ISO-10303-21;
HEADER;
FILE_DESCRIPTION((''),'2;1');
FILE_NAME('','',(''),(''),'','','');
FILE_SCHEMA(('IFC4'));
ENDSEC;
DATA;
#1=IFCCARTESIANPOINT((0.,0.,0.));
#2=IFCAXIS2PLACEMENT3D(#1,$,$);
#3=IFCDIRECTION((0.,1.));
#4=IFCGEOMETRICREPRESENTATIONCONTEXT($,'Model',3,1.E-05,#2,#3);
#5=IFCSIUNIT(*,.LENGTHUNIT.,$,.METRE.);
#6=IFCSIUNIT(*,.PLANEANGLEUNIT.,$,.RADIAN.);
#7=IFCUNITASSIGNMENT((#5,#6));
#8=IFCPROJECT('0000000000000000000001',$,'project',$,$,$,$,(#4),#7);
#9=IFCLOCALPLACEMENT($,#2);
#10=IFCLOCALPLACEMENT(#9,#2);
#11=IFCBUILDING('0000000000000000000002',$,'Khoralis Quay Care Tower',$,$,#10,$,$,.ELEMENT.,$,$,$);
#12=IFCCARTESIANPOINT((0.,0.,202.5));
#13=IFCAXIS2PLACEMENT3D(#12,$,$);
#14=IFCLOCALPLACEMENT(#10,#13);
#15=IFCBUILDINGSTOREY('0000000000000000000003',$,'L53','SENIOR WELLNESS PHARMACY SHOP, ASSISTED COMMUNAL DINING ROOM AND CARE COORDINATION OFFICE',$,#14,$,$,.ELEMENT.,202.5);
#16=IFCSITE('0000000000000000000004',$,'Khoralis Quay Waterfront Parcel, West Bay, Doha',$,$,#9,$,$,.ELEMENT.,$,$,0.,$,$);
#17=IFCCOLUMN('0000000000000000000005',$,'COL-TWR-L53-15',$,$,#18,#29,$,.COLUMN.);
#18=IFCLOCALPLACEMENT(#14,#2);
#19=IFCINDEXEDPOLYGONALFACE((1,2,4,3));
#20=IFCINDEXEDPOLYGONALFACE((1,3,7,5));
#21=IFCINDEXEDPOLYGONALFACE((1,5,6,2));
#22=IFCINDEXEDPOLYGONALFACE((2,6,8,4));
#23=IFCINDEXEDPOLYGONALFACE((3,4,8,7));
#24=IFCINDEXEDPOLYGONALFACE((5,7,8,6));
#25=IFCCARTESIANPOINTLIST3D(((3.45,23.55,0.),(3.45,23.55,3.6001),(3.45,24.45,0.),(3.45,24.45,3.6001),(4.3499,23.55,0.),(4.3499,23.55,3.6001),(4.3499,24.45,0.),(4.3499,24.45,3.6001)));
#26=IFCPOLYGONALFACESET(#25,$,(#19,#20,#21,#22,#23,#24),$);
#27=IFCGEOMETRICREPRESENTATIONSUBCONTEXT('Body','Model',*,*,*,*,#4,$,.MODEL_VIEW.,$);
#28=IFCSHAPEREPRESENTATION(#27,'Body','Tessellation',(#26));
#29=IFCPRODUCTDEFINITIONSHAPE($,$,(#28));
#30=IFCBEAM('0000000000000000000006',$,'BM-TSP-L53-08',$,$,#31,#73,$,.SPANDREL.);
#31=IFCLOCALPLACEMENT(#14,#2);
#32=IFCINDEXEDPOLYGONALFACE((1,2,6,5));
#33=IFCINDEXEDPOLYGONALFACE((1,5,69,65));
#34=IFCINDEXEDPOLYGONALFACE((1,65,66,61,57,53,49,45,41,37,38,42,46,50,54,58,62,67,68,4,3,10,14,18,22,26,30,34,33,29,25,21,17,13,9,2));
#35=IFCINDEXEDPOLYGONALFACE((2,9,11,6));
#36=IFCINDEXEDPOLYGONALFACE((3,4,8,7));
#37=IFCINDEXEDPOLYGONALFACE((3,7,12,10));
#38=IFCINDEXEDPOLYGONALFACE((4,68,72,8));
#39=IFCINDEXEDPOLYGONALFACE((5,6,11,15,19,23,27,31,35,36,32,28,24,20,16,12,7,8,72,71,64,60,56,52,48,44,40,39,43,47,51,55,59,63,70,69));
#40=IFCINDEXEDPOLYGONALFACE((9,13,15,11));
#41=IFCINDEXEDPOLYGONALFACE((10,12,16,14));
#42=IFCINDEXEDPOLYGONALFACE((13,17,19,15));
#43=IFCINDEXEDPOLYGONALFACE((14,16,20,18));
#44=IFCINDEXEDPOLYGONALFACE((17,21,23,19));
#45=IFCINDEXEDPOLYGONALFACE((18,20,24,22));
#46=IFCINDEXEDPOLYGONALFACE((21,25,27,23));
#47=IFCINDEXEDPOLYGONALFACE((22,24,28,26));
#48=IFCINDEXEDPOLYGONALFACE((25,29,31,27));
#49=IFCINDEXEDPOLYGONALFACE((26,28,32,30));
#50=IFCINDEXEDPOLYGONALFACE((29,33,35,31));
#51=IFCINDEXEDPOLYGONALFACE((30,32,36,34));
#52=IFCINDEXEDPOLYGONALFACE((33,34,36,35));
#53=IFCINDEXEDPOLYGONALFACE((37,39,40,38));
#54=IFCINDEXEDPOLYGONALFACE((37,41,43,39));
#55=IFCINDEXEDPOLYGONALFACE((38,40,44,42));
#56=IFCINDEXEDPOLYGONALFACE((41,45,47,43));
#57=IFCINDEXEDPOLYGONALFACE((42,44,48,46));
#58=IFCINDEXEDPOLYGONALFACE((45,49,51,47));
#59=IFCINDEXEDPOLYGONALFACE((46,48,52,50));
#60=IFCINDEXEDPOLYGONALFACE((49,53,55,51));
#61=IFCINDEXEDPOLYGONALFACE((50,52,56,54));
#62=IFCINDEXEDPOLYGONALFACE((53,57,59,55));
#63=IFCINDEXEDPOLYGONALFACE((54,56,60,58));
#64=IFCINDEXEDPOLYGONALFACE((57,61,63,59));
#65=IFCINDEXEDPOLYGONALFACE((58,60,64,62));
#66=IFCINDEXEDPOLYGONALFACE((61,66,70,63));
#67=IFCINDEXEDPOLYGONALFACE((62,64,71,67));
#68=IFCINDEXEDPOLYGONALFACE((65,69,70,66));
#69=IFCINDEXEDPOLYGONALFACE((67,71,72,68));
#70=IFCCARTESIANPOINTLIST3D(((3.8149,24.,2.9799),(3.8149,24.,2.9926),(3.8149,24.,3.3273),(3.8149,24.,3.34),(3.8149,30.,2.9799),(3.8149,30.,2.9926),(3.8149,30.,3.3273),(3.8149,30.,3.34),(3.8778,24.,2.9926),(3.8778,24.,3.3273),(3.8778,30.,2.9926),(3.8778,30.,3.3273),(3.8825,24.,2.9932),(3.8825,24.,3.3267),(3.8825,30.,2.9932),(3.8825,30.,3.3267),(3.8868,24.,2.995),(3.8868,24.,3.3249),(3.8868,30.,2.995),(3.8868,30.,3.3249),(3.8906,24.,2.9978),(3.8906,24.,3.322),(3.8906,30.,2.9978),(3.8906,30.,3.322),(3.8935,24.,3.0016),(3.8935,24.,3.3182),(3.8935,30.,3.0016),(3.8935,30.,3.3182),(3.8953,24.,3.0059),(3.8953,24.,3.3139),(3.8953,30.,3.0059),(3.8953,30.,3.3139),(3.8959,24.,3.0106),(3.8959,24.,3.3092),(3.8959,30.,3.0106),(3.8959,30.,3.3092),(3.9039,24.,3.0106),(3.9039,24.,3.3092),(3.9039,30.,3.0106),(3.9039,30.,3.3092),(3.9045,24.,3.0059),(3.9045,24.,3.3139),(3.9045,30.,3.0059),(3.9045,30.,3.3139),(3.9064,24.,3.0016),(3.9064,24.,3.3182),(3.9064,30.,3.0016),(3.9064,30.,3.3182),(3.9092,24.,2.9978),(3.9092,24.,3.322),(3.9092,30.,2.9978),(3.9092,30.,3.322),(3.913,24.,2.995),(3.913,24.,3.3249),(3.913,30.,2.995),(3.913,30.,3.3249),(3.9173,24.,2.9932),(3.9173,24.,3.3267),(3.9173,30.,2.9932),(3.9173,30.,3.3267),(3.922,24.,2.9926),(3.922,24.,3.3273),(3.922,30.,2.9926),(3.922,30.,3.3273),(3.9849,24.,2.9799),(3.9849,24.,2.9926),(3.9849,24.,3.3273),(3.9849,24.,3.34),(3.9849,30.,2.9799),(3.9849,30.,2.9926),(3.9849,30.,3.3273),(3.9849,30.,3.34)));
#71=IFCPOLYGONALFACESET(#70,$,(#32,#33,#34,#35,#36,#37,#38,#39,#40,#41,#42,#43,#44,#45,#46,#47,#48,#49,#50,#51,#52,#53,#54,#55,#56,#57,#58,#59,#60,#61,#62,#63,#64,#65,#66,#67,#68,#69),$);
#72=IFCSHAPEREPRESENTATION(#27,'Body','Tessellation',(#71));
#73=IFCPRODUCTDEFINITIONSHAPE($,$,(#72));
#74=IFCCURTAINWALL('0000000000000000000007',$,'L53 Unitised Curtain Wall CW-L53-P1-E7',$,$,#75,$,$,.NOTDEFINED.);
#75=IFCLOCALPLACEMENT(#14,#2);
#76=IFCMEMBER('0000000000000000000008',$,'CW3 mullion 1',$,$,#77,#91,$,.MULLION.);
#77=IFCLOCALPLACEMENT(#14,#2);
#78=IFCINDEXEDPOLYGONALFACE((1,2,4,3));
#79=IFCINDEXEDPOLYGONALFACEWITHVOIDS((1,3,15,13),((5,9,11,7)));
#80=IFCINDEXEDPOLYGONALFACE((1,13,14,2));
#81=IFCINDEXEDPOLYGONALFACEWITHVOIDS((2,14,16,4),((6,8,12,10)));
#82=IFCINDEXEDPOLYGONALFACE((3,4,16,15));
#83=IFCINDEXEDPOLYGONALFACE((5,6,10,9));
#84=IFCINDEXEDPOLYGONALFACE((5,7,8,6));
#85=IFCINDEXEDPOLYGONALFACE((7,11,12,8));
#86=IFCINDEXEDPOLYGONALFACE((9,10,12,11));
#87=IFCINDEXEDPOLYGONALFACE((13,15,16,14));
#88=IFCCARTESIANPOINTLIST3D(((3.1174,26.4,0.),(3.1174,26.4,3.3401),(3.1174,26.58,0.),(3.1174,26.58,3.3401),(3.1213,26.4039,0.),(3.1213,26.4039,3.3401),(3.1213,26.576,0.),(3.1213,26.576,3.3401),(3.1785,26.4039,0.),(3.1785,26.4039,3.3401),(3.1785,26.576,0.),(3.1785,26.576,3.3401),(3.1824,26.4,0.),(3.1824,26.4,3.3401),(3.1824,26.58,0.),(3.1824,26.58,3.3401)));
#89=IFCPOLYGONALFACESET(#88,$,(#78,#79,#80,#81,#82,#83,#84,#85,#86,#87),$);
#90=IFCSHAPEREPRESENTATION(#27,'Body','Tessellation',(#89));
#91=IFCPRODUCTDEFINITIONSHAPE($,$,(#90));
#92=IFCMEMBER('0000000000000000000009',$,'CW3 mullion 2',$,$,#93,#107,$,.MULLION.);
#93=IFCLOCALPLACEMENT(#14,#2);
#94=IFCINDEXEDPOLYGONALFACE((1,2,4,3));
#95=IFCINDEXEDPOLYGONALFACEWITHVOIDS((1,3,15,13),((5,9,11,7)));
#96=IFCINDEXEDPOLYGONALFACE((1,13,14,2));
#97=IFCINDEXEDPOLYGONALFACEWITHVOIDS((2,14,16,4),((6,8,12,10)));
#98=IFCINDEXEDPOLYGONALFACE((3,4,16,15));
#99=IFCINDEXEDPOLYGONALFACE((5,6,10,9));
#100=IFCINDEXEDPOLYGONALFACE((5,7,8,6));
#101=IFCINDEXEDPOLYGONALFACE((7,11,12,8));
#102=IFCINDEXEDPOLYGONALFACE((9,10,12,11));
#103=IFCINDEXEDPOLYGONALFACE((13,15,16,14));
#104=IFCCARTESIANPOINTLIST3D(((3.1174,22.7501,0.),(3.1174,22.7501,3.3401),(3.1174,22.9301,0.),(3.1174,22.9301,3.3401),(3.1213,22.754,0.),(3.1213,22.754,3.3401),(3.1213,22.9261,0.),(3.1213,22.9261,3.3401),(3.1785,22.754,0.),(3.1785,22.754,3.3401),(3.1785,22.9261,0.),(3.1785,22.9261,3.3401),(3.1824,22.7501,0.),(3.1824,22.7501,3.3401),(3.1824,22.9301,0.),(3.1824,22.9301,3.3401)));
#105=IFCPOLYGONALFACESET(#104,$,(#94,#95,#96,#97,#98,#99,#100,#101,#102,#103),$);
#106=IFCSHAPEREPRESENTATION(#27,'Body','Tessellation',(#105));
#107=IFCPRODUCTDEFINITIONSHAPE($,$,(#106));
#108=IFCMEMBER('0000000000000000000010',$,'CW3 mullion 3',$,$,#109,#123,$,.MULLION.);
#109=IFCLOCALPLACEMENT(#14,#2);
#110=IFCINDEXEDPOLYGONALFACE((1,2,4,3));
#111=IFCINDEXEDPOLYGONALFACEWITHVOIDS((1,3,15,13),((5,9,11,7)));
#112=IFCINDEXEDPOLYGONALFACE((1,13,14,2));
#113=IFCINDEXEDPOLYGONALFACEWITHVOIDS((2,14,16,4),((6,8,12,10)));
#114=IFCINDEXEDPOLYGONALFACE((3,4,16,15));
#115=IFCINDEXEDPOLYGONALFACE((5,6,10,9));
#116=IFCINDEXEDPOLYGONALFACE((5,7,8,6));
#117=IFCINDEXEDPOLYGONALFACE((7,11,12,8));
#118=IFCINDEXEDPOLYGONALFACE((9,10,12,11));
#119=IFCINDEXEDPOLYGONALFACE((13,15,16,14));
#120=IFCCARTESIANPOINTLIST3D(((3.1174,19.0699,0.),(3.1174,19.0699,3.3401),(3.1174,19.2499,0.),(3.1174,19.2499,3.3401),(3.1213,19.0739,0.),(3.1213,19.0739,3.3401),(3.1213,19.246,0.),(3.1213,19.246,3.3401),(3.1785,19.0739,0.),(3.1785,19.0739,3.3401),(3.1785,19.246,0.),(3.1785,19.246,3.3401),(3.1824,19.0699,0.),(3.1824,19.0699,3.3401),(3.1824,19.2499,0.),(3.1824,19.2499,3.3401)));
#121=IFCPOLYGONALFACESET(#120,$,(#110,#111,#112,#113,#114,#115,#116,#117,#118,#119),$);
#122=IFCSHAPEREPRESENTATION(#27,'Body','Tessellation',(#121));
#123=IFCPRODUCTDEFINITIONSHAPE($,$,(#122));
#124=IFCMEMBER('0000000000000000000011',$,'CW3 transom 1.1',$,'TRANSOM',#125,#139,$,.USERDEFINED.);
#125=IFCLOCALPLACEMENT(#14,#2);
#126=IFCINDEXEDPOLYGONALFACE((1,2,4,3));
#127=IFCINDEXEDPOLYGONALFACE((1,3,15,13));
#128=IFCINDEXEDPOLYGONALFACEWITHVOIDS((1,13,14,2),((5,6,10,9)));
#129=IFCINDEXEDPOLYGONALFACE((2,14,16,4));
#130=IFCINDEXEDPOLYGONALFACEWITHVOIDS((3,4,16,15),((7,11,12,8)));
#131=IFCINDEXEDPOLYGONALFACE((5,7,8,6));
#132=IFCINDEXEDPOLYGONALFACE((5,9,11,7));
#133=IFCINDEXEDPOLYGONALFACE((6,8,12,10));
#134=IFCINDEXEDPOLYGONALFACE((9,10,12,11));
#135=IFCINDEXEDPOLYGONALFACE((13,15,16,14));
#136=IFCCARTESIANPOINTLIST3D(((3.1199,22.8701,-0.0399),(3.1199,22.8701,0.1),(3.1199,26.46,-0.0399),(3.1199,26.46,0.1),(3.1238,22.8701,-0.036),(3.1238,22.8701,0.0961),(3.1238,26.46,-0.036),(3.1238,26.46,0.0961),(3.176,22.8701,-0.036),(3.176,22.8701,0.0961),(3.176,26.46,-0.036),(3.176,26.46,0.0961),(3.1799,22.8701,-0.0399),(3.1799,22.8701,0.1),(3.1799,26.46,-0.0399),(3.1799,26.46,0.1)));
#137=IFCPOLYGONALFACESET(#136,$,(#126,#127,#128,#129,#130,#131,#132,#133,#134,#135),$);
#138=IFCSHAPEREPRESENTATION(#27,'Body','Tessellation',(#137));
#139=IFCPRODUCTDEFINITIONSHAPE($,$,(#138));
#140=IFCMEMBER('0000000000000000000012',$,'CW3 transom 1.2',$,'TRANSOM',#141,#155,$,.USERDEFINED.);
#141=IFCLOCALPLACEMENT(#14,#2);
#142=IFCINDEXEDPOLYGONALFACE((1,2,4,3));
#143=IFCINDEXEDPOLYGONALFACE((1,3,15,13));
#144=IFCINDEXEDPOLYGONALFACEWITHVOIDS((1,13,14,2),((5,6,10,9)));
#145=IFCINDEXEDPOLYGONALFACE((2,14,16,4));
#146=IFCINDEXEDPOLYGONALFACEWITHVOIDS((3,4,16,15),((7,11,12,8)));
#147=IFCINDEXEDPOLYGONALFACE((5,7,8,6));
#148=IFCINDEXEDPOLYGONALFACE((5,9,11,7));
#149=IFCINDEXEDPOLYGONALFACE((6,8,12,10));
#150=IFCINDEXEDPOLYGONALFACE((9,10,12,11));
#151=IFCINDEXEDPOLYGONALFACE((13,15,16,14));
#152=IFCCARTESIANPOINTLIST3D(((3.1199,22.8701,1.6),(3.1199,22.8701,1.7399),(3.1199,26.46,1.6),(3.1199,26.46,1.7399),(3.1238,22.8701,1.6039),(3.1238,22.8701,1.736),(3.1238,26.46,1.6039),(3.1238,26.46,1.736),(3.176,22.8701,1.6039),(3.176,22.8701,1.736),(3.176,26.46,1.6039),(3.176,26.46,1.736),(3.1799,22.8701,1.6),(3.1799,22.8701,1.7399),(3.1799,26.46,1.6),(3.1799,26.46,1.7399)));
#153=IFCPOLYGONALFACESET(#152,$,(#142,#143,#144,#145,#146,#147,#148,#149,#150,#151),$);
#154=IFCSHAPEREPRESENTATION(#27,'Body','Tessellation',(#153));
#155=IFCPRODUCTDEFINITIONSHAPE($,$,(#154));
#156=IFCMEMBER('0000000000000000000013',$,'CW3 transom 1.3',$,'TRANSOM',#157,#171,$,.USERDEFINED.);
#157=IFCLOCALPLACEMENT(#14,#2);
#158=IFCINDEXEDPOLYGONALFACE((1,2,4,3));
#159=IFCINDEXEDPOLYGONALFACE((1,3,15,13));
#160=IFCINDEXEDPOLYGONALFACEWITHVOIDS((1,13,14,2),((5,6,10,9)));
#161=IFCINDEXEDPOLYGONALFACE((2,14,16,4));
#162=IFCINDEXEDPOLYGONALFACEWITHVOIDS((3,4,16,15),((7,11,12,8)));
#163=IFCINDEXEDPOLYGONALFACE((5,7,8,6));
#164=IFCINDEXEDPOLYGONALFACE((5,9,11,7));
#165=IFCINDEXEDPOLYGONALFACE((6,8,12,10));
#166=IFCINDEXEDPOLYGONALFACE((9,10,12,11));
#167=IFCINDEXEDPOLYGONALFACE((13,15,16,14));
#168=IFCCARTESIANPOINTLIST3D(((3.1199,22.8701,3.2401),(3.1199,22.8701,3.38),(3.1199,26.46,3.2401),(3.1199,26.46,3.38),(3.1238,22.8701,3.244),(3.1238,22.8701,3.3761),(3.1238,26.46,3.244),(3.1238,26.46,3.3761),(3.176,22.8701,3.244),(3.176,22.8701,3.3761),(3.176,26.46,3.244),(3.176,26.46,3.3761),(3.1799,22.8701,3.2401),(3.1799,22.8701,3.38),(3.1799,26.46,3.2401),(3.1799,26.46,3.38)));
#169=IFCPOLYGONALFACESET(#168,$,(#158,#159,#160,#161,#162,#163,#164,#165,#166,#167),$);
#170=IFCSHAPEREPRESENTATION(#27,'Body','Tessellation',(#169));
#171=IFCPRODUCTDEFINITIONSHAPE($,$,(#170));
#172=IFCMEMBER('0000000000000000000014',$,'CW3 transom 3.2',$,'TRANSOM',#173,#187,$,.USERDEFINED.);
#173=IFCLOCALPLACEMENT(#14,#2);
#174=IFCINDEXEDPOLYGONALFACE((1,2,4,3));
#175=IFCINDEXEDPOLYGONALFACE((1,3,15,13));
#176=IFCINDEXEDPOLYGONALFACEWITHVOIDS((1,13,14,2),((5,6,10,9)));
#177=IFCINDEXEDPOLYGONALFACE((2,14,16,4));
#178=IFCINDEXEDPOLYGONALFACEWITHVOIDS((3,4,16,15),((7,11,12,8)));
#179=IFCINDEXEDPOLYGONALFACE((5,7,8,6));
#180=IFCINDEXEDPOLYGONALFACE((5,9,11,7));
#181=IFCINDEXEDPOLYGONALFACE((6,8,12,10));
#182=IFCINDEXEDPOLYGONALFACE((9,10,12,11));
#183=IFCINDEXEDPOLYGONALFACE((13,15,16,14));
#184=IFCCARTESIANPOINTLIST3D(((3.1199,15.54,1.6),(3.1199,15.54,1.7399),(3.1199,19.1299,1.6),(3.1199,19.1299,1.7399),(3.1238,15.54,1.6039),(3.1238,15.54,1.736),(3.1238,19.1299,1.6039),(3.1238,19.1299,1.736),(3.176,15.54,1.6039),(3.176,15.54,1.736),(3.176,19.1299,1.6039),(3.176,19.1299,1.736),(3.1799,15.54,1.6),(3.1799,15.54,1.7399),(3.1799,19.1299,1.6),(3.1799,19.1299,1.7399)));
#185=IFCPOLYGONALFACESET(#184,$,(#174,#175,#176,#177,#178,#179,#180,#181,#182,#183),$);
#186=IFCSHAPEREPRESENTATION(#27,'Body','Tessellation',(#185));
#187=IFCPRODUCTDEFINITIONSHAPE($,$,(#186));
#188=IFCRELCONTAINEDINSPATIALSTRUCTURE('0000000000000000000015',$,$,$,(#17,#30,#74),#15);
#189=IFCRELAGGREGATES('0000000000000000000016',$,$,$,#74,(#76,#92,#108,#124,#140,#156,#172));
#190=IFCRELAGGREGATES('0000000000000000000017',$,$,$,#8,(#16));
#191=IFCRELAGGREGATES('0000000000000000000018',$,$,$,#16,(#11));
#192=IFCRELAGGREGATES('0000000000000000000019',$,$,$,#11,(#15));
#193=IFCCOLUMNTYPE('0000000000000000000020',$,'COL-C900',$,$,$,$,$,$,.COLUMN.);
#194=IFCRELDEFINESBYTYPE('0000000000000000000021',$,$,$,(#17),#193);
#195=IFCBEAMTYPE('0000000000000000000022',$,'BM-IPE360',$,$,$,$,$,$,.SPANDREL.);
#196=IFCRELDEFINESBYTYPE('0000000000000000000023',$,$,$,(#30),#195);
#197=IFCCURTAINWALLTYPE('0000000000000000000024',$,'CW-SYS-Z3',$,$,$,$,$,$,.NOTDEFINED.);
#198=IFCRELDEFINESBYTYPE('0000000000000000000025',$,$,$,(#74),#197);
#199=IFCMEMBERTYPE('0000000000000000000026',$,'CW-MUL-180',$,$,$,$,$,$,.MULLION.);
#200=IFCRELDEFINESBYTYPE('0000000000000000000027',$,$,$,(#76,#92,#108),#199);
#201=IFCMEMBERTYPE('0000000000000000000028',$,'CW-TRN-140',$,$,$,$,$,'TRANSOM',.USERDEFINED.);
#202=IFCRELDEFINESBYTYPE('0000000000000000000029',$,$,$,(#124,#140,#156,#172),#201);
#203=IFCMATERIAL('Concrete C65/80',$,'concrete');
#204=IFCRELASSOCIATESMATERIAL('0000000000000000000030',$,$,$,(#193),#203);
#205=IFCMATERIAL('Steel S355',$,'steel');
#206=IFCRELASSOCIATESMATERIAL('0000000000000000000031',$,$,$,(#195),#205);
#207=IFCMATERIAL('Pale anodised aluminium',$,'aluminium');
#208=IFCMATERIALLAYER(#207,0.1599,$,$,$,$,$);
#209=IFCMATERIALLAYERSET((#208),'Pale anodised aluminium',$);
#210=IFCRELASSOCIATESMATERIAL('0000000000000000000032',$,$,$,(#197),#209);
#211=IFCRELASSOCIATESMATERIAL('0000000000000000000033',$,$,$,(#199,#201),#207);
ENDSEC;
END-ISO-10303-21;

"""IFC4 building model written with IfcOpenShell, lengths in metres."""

from ifc_helpers import new_model, si_unit, direction, frame, origin, origin_2d, place, context, subcontext, project, spatial, rectangle, hollow_rectangle, i_section, extrude, source, transform, mapped, material, layer, layer_set, material_profile, profile_set, type_object, element, aggregate, save


model = new_model("IFC4")

# Units and contexts
model_context = context("Model", 3, precision=1e-05, world=origin(), true_north=direction((0.0, 1.0)))
body_context = subcontext(model_context, "Body", "Model", "MODEL_VIEW")
ifc_project = project(units=[si_unit("LENGTHUNIT", "METRE"), si_unit("PLANEANGLEUNIT", "RADIAN")], contexts=[model_context])

# Site, building, storey
site_placement = place(None, origin())
site = spatial("IfcSite", under=ifc_project, at=site_placement, Name="Khoralis Quay Waterfront Parcel, West Bay, Doha", CompositionType="ELEMENT", RefElevation=0.0)
building_placement = place(site_placement, origin())
building = spatial("IfcBuilding", under=site, at=building_placement, Name="Khoralis Quay Care Tower", CompositionType="ELEMENT")
storey_placement = place(building_placement, frame((0.0, 0.0, 202.5)))
storey = spatial("IfcBuildingStorey", under=building, at=storey_placement, Name="L53", Description="SENIOR WELLNESS PHARMACY SHOP, ASSISTED COMMUNAL DINING ROOM AND CARE COORDINATION OFFICE", CompositionType="ELEMENT", Elevation=202.5)

# Column
ifc_material_1 = material(Name="Concrete C65/80", Category="concrete")
ifc_material_profile_1 = material_profile(ifc_material_1, rectangle(XDim=0.8999, YDim=0.8999, at=origin_2d()), Name="Concrete C65/80")
ifc_profile_set_1 = profile_set([ifc_material_profile_1], Name="Concrete C65/80")
column_type = type_object("IfcColumnType", Name="COL-C900", PredefinedType="COLUMN", material=ifc_profile_set_1)
shared_shape_1 = source(origin(), body_context, "Body", "SweptSolid", [
    extrude(rectangle(XDim=0.8999, YDim=0.8999, at=origin_2d()), origin(), (0.0, 0.0, 1.0), 3.6001),
])
column_placement = place(storey_placement, frame((3.8999, 24.0, 0.0), z_axis=(0.0, 0.0, 1.0), x_axis=(1.0, 0.0, 0.0)))
element("IfcColumn", 1, at=column_placement, inside=storey, type_object=column_type, Name="COL-TWR-L53-15", PredefinedType="COLUMN", context=body_context, shape_type="MappedRepresentation", body=[
    mapped(shared_shape_1, transform((0.0, 0.0, 0.0), scale=1.0)),
])

# Beam
ifc_material_2 = material(Name="Steel S355", Category="steel")
ifc_material_profile_2 = material_profile(ifc_material_2, i_section(OverallWidth=0.1699, OverallDepth=0.3601, WebThickness=0.0081, FlangeThickness=0.0127, FilletRadius=0.0181, at=origin_2d()), Name="Steel S355")
ifc_profile_set_2 = profile_set([ifc_material_profile_2], Name="Steel S355")
beam_type = type_object("IfcBeamType", Name="BM-IPE360", PredefinedType="SPANDREL", material=ifc_profile_set_2)
shared_shape_2 = source(origin(), body_context, "Body", "SweptSolid", [
    extrude(i_section(OverallWidth=0.1699, OverallDepth=0.3601, WebThickness=0.0081, FlangeThickness=0.0127, FilletRadius=0.0181, at=origin_2d()), origin(), (0.0, 0.0, 1.0), 6.0),
])
beam_placement = place(storey_placement, frame((3.8999, 24.0, 3.1599), z_axis=(0.0, 1.0, 0.0), x_axis=(-1.0, 0.0, 0.0)))
element("IfcBeam", 2, at=beam_placement, inside=storey, type_object=beam_type, Name="BM-TSP-L53-08", PredefinedType="SPANDREL", context=body_context, shape_type="MappedRepresentation", body=[
    mapped(shared_shape_2, transform((0.0, 0.0, 0.0), scale=1.0)),
])

# Curtain wall, members
ifc_material_3 = material(Name="Pale anodised aluminium", Category="aluminium")
ifc_layer_1 = layer(ifc_material_3, 0.1599)
ifc_layer_set_1 = layer_set([ifc_layer_1], Name="Pale anodised aluminium")
curtain_wall_type = type_object("IfcCurtainWallType", Name="CW-SYS-Z3", PredefinedType="NOTDEFINED", material=ifc_layer_set_1)
curtain_wall_placement = place(storey_placement, origin())
curtain_wall = element("IfcCurtainWall", 3, at=curtain_wall_placement, inside=storey, type_object=curtain_wall_type, Name="L53 Unitised Curtain Wall CW-L53-P1-E7", PredefinedType="NOTDEFINED")
ifc_material_profile_3 = material_profile(ifc_material_3, hollow_rectangle(XDim=0.0649, YDim=0.1799, WallThickness=0.0039, at=origin_2d()), Name="Pale anodised aluminium")
ifc_profile_set_3 = profile_set([ifc_material_profile_3], Name="Pale anodised aluminium")
member_type_1 = type_object("IfcMemberType", Name="CW-MUL-180", PredefinedType="MULLION", material=ifc_profile_set_3)
shared_shape_3 = source(origin(), body_context, "Body", "SweptSolid", [
    extrude(hollow_rectangle(XDim=0.0649, YDim=0.1799, WallThickness=0.0039, at=origin_2d()), origin(), (0.0, 0.0, 1.0), 3.3401),
])
member_1_placement = place(storey_placement, frame((3.1499, 26.49, 0.0), z_axis=(0.0, 0.0, 1.0), x_axis=(1.0, 0.0, 0.0)))
member_1 = element("IfcMember", 4, at=member_1_placement, type_object=member_type_1, Name="CW3 mullion 1", PredefinedType="MULLION", context=body_context, shape_type="MappedRepresentation", body=[
    mapped(shared_shape_3, transform((0.0, 0.0, 0.0), scale=1.0)),
])
member_2_placement = place(storey_placement, frame((3.1499, 22.8401, 0.0), z_axis=(0.0, 0.0, 1.0), x_axis=(1.0, 0.0, 0.0)))
member_2 = element("IfcMember", 5, at=member_2_placement, type_object=member_type_1, Name="CW3 mullion 2", PredefinedType="MULLION", context=body_context, shape_type="MappedRepresentation", body=[
    mapped(shared_shape_3, transform((0.0, 0.0, 0.0), scale=1.0)),
])
member_3_placement = place(storey_placement, frame((3.1499, 19.1599, 0.0), z_axis=(0.0, 0.0, 1.0), x_axis=(1.0, 0.0, 0.0)))
member_3 = element("IfcMember", 6, at=member_3_placement, type_object=member_type_1, Name="CW3 mullion 3", PredefinedType="MULLION", context=body_context, shape_type="MappedRepresentation", body=[
    mapped(shared_shape_3, transform((0.0, 0.0, 0.0), scale=1.0)),
])
ifc_material_profile_4 = material_profile(ifc_material_3, hollow_rectangle(XDim=0.0601, YDim=0.1399, WallThickness=0.0039, at=origin_2d()), Name="Pale anodised aluminium")
ifc_profile_set_4 = profile_set([ifc_material_profile_4], Name="Pale anodised aluminium")
member_type_2 = type_object("IfcMemberType", Name="CW-TRN-140", ElementType="TRANSOM", PredefinedType="USERDEFINED", material=ifc_profile_set_4)
shared_shape_4 = source(origin(), body_context, "Body", "SweptSolid", [
    extrude(hollow_rectangle(XDim=0.0601, YDim=0.1399, WallThickness=0.0039, at=origin_2d()), origin(), (0.0, 0.0, 1.0), 3.5898),
])
member_4_placement = place(storey_placement, frame((3.1499, 26.46, 0.03), z_axis=(0.0, -1.0, 0.0), x_axis=(1.0, 0.0, 0.0)))
member_4 = element("IfcMember", 7, at=member_4_placement, type_object=member_type_2, Name="CW3 transom 1.1", ObjectType="TRANSOM", PredefinedType="USERDEFINED", context=body_context, shape_type="MappedRepresentation", body=[
    mapped(shared_shape_4, transform((0.0, 0.0, 0.0), scale=1.0)),
])
member_5_placement = place(storey_placement, frame((3.1499, 26.46, 1.6699), z_axis=(0.0, -1.0, 0.0), x_axis=(1.0, 0.0, 0.0)))
member_5 = element("IfcMember", 8, at=member_5_placement, type_object=member_type_2, Name="CW3 transom 1.2", ObjectType="TRANSOM", PredefinedType="USERDEFINED", context=body_context, shape_type="MappedRepresentation", body=[
    mapped(shared_shape_4, transform((0.0, 0.0, 0.0), scale=1.0)),
])
member_6_placement = place(storey_placement, frame((3.1499, 26.46, 3.3101), z_axis=(0.0, -1.0, 0.0), x_axis=(1.0, 0.0, 0.0)))
member_6 = element("IfcMember", 9, at=member_6_placement, type_object=member_type_2, Name="CW3 transom 1.3", ObjectType="TRANSOM", PredefinedType="USERDEFINED", context=body_context, shape_type="MappedRepresentation", body=[
    mapped(shared_shape_4, transform((0.0, 0.0, 0.0), scale=1.0)),
])
member_7_placement = place(storey_placement, frame((3.1499, 19.1299, 1.6699), z_axis=(0.0, -1.0, 0.0), x_axis=(1.0, 0.0, 0.0)))
member_7 = element("IfcMember", 10, at=member_7_placement, type_object=member_type_2, Name="CW3 transom 3.2", ObjectType="TRANSOM", PredefinedType="USERDEFINED", context=body_context, shape_type="MappedRepresentation", body=[
    mapped(shared_shape_4, transform((0.0, 0.0, 0.0), scale=1.0)),
])
aggregate(curtain_wall, [member_1, member_2, member_3, member_4, member_5, member_6, member_7])

save(model, "model.ifc")
